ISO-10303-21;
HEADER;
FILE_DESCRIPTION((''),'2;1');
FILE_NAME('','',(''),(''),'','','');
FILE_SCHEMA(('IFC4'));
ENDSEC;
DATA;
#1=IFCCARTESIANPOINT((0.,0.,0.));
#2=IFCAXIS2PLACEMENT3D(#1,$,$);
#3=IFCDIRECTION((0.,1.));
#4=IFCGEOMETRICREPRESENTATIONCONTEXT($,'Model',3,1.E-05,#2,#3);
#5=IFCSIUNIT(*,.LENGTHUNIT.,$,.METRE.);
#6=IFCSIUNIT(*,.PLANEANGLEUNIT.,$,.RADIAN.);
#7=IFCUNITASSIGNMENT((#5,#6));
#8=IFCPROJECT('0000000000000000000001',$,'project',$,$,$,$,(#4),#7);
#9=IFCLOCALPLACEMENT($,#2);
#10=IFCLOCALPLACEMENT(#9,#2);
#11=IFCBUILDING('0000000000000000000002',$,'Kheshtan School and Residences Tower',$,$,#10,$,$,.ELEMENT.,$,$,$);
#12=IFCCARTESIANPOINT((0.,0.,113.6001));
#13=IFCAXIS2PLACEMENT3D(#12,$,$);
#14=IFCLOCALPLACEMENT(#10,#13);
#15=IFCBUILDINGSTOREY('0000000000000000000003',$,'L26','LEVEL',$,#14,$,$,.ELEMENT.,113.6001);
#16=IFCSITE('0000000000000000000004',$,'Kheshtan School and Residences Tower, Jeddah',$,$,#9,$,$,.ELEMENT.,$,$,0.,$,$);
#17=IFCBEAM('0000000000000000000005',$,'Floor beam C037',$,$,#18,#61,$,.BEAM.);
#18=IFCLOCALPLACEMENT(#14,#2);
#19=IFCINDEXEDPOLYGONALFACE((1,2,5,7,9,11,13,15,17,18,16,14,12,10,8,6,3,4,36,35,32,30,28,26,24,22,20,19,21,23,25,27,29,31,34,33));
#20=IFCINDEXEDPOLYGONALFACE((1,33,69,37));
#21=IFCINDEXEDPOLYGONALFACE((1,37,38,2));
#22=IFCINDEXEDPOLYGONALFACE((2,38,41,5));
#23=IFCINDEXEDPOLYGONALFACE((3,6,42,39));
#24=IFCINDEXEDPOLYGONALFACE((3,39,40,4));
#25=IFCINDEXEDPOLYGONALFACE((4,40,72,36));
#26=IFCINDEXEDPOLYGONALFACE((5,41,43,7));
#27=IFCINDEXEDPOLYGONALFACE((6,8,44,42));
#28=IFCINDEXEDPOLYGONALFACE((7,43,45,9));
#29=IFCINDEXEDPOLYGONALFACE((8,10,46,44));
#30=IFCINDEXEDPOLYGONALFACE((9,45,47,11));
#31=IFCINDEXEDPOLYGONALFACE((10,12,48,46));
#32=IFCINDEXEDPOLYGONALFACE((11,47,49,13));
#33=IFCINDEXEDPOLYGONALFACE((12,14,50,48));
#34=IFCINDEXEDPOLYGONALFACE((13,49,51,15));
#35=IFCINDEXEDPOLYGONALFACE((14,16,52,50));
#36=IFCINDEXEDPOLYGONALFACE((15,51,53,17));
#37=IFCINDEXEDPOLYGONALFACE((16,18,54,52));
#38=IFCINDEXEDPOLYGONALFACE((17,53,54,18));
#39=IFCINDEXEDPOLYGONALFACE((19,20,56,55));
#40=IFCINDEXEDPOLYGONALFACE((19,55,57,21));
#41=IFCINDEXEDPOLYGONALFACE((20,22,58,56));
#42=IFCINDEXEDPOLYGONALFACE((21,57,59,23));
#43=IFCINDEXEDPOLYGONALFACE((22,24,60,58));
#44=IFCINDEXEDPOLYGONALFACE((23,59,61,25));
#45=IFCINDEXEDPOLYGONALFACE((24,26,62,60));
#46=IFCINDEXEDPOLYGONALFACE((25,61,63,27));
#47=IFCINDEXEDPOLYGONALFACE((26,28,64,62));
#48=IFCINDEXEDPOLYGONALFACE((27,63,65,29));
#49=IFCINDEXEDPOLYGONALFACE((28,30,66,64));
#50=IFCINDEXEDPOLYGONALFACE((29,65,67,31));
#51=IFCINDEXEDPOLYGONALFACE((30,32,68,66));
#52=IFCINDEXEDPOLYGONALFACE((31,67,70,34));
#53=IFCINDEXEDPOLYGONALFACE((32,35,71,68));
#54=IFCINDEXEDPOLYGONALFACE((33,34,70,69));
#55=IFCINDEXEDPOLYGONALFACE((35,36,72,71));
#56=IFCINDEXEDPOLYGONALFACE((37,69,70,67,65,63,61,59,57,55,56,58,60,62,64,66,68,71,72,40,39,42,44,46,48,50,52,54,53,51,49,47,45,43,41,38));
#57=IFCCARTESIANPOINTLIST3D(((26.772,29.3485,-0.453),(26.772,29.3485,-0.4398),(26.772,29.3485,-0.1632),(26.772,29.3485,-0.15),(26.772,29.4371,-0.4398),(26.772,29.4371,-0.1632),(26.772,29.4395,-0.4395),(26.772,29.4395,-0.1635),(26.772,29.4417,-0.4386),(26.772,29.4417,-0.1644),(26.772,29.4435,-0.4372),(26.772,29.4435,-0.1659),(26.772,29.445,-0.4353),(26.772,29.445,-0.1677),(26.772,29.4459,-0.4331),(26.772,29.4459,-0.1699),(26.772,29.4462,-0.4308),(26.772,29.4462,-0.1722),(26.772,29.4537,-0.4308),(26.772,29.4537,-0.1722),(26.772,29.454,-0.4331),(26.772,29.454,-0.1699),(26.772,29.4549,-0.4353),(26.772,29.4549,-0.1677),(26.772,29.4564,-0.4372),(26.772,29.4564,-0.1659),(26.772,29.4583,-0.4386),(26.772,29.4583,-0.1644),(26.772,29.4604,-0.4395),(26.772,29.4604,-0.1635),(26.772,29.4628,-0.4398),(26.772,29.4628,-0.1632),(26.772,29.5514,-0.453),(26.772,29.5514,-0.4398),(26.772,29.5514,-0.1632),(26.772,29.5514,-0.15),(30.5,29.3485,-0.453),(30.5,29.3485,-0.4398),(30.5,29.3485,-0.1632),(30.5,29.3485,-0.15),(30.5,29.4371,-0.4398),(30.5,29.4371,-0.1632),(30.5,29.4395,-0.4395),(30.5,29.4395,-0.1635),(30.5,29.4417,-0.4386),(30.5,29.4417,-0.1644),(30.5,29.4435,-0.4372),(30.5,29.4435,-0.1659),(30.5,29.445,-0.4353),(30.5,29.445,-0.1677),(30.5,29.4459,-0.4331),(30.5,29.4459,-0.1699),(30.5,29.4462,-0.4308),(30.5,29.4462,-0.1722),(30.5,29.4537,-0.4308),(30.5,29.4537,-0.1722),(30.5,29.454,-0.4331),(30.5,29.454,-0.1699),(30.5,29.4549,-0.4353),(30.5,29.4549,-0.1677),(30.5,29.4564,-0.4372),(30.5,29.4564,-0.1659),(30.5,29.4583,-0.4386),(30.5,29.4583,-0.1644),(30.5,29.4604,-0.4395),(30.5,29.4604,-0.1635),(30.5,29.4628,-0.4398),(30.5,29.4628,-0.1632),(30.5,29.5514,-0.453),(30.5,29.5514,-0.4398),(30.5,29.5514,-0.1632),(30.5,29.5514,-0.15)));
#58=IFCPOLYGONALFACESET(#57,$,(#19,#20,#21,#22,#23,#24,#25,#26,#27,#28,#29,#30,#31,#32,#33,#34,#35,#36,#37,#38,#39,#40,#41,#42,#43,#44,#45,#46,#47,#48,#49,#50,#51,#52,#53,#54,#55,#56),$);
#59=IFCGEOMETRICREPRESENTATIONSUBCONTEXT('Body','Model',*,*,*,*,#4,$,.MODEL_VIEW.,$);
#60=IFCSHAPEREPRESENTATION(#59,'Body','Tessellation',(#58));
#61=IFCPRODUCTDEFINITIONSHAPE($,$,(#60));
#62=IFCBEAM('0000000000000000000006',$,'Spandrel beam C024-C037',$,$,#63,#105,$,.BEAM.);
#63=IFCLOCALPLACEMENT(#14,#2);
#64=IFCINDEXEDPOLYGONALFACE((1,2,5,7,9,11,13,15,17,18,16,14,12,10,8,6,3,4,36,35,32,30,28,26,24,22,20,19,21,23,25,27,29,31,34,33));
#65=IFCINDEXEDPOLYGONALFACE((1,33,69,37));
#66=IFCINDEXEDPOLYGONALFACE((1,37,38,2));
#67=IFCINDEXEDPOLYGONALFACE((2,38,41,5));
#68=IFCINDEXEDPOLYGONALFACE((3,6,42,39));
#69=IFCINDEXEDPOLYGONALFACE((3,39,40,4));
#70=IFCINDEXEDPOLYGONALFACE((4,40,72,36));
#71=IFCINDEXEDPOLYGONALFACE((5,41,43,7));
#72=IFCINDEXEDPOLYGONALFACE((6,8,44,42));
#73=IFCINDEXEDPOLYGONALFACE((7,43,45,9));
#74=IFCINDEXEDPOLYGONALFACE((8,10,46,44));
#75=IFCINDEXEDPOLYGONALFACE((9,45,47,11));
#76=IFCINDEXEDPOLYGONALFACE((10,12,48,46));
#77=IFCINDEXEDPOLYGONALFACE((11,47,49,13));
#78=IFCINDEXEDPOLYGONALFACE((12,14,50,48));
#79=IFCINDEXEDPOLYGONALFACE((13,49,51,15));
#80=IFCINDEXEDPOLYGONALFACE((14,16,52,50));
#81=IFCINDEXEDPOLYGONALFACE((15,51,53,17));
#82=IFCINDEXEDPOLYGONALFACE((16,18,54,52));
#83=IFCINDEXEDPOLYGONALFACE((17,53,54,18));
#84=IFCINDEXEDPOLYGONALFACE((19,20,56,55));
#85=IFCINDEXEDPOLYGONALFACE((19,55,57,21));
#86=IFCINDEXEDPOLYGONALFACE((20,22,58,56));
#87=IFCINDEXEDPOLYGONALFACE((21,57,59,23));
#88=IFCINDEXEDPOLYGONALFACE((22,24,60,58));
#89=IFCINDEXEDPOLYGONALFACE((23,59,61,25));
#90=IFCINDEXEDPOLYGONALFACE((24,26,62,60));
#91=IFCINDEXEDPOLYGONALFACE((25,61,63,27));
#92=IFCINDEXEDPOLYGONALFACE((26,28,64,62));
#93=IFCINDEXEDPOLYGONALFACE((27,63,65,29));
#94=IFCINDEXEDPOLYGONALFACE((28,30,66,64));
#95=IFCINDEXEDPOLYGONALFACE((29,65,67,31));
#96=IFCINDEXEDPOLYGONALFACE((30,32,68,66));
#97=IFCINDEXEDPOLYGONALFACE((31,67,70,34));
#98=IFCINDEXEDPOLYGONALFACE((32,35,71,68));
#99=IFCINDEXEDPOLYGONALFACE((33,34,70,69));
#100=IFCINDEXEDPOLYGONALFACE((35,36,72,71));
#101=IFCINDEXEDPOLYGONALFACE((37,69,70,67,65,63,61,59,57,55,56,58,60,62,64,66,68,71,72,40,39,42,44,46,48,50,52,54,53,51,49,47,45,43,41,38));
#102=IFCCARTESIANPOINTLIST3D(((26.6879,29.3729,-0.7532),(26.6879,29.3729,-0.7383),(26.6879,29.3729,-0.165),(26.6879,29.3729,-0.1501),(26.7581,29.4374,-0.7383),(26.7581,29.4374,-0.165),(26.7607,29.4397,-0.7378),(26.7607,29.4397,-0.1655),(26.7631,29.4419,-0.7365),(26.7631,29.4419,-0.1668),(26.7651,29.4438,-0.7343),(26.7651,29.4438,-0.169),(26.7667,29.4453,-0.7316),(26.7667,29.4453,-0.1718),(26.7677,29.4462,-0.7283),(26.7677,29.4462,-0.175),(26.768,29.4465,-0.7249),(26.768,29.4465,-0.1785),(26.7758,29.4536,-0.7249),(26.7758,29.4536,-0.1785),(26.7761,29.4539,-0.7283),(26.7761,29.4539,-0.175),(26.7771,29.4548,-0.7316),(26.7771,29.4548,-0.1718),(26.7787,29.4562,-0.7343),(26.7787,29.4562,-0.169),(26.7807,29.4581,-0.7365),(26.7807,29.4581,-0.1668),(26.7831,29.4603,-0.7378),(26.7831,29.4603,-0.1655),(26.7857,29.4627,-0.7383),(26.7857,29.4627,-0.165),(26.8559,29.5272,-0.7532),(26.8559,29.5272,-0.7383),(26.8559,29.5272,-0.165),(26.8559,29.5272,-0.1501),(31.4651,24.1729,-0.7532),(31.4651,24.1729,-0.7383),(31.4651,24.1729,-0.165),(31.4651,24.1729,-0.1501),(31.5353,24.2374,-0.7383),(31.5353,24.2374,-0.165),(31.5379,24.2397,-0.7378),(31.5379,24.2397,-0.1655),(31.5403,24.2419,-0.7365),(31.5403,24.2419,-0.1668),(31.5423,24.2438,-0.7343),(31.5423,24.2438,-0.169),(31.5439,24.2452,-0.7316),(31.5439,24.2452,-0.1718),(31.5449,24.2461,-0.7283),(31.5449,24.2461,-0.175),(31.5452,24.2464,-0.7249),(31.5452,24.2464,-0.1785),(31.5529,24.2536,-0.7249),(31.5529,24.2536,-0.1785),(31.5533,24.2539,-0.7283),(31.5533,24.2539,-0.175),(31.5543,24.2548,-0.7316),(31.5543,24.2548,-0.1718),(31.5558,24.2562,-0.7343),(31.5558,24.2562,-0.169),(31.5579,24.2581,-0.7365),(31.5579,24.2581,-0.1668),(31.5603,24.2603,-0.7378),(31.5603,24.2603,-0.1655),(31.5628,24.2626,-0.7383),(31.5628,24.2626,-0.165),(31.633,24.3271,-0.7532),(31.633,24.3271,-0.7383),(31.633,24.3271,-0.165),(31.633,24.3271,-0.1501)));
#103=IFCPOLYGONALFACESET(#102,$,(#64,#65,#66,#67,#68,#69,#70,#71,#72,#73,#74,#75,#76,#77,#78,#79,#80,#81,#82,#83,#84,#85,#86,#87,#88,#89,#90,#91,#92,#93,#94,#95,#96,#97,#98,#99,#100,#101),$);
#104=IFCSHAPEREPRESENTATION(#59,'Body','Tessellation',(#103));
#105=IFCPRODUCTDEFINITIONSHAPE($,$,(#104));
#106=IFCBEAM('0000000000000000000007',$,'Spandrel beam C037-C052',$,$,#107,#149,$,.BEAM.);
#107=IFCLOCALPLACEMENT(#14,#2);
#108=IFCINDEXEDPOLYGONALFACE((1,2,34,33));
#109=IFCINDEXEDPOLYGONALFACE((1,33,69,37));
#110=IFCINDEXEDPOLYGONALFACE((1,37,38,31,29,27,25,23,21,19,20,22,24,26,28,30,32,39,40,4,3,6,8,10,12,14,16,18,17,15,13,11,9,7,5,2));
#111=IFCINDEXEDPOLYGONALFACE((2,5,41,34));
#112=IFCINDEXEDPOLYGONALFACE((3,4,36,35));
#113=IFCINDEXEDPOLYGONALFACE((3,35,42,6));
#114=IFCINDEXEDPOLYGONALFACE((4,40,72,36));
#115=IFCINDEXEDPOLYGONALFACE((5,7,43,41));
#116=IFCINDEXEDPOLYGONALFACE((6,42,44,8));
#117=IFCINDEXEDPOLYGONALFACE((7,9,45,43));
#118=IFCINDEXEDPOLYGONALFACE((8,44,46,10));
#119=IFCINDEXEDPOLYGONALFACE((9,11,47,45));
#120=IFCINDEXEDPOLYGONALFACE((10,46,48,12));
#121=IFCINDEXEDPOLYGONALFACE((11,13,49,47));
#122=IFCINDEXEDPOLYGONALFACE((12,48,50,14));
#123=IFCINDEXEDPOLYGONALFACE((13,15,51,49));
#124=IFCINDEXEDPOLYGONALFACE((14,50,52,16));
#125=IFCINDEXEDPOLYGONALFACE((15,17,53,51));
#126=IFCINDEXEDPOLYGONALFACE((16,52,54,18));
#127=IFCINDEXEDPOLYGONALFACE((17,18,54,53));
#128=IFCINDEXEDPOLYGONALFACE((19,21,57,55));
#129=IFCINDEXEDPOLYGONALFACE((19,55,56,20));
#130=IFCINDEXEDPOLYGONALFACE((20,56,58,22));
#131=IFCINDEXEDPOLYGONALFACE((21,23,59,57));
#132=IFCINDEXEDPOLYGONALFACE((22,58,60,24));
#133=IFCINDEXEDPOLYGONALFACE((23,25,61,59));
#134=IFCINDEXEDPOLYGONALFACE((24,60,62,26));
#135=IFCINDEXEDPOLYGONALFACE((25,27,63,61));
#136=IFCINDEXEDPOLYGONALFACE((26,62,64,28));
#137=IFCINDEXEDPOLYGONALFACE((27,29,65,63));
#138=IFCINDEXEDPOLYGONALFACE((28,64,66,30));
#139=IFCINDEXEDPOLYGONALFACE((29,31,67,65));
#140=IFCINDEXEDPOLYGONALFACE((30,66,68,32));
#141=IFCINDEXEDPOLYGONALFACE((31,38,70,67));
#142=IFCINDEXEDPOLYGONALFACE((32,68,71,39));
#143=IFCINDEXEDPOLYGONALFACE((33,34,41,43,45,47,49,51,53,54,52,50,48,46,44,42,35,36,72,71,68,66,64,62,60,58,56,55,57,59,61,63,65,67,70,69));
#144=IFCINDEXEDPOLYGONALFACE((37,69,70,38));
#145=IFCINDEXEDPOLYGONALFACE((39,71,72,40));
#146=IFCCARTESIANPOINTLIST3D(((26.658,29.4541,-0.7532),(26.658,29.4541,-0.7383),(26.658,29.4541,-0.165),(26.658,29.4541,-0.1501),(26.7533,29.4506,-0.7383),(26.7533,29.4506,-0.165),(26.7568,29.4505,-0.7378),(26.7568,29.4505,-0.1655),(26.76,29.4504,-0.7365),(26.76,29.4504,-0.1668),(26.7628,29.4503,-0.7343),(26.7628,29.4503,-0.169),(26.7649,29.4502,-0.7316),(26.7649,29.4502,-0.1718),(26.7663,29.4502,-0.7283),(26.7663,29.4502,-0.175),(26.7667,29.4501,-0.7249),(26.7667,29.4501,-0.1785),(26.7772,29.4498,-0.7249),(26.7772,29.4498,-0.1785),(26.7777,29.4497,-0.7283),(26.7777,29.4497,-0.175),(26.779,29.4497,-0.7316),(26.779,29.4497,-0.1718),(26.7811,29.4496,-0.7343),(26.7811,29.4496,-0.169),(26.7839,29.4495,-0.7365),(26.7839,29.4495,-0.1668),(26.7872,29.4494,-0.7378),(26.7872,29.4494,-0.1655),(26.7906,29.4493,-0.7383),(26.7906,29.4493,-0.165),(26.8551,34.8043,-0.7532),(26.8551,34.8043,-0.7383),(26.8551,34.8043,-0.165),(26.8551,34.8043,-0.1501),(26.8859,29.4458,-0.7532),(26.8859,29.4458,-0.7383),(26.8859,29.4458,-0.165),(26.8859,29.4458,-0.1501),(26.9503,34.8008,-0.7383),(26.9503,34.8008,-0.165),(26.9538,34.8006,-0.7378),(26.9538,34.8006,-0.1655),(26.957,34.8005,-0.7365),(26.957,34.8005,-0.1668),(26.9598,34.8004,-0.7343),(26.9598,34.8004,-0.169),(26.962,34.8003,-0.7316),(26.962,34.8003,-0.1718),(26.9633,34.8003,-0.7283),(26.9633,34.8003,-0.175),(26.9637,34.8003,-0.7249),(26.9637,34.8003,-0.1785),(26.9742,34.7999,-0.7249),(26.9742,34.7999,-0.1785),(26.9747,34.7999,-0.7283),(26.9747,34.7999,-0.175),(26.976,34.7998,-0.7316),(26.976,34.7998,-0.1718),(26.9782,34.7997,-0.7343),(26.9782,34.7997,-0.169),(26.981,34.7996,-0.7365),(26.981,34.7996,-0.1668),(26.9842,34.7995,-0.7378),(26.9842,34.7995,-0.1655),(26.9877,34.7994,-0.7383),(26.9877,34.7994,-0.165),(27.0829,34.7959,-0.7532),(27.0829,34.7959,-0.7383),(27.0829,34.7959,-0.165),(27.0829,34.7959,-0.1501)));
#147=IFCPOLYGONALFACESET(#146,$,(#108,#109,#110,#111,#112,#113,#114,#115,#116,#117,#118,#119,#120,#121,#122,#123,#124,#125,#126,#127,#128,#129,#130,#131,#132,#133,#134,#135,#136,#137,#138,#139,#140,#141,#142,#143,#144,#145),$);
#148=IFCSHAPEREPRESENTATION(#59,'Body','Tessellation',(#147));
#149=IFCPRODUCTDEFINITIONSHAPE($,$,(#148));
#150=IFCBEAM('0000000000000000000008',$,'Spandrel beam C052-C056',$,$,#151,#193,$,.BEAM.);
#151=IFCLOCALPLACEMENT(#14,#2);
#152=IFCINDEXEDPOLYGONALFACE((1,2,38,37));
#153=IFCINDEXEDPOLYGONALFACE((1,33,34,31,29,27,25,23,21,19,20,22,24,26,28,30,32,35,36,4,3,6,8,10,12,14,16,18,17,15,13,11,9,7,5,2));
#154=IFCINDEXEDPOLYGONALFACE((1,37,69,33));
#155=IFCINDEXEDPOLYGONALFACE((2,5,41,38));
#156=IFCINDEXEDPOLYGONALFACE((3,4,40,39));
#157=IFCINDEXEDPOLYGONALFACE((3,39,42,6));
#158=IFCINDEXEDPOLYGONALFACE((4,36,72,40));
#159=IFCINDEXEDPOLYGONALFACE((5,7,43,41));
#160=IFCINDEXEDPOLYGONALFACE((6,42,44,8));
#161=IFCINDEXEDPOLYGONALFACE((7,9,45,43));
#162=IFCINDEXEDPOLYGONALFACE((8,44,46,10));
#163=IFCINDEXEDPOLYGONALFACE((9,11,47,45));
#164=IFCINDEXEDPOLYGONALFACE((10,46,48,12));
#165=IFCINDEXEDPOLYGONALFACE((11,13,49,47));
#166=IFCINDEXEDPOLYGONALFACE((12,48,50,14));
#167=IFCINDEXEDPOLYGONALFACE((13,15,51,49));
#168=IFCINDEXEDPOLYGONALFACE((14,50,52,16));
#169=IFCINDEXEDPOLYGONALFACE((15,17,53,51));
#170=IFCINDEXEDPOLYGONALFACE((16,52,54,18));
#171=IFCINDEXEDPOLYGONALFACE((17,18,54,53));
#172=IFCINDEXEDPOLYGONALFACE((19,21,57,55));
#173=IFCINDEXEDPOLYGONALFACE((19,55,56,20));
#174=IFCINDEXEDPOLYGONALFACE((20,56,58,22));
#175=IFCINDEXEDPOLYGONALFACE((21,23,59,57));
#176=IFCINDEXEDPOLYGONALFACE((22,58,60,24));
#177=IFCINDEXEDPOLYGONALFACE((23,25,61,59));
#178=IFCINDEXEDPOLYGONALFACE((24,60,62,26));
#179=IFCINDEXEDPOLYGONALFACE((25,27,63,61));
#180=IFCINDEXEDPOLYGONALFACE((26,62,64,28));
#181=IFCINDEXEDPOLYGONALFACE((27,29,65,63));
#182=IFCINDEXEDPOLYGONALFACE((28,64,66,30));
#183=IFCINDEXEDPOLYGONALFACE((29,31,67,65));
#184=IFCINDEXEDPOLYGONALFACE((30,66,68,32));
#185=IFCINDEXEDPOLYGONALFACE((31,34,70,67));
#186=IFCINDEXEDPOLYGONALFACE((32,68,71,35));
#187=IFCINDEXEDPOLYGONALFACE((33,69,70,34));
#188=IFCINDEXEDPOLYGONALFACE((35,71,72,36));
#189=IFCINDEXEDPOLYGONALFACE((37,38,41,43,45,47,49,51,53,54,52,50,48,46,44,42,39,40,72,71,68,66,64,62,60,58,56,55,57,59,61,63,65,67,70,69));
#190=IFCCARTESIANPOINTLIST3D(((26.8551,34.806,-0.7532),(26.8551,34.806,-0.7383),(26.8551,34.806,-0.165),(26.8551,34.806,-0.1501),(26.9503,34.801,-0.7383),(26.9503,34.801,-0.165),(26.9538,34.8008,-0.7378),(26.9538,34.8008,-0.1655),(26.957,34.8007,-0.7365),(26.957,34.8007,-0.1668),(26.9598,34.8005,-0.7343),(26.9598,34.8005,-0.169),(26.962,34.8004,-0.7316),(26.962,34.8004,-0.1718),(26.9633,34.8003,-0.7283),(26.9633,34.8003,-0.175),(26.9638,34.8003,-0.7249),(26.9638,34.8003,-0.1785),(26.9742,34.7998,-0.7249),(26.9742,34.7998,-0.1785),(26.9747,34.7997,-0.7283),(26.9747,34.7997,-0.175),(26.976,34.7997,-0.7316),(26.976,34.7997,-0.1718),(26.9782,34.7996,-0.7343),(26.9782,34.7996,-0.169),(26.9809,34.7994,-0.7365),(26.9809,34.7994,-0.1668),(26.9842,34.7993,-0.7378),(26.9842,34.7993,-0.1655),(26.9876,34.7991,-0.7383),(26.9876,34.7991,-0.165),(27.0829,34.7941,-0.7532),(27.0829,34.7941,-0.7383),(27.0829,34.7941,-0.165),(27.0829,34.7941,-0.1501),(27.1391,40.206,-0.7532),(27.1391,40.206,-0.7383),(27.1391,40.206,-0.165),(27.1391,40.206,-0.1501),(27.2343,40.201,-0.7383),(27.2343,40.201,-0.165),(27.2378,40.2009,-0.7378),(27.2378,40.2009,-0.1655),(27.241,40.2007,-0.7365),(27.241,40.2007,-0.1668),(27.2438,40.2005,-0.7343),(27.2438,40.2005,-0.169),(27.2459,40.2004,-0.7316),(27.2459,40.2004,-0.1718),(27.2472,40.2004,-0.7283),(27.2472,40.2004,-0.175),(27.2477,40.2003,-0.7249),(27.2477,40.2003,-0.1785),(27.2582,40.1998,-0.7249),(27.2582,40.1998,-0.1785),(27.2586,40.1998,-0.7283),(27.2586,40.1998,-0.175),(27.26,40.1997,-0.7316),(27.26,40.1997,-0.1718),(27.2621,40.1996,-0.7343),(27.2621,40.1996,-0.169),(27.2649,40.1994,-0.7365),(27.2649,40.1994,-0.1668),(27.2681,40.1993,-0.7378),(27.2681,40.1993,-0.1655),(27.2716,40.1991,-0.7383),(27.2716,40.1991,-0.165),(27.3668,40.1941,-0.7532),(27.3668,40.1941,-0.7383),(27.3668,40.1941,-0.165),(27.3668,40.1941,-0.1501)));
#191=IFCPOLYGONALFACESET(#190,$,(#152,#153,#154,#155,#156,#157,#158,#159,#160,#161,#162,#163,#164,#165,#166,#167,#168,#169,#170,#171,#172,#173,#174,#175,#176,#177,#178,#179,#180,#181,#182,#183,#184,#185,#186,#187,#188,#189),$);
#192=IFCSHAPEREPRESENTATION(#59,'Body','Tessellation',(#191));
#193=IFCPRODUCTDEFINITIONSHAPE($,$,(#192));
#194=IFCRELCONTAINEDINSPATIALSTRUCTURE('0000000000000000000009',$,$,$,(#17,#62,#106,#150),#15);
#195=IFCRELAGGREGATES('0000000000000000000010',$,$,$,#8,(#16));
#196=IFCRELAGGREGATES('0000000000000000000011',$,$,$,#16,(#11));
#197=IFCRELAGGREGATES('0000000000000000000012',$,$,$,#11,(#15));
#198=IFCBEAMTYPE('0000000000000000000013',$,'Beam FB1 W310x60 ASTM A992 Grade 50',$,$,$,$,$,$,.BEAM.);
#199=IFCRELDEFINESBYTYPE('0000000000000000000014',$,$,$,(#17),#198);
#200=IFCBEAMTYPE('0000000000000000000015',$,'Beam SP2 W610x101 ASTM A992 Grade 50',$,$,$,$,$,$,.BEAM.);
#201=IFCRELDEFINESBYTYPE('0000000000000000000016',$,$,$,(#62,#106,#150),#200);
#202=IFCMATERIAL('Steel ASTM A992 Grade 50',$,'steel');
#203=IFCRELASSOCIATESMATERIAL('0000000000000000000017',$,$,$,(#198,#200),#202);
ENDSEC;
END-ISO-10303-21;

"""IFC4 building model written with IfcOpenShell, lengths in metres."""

from ifc_helpers import new_model, si_unit, direction, frame, origin, origin_2d, place, context, subcontext, project, spatial, i_section, extrude, material, material_profile, profile_set, type_object, element, save


model = new_model("IFC4")

# Units and contexts
model_context = context("Model", 3, precision=1e-05, world=origin(), true_north=direction((0.0, 1.0)))
body_context = subcontext(model_context, "Body", "Model", "MODEL_VIEW")
ifc_project = project(units=[si_unit("LENGTHUNIT", "METRE"), si_unit("PLANEANGLEUNIT", "RADIAN")], contexts=[model_context])

# Site, building, storey
site_placement = place(None, origin())
site = spatial("IfcSite", under=ifc_project, at=site_placement, Name="Kheshtan School and Residences Tower, Jeddah", CompositionType="ELEMENT", RefElevation=0.0)
building_placement = place(site_placement, origin())
building = spatial("IfcBuilding", under=site, at=building_placement, Name="Kheshtan School and Residences Tower", CompositionType="ELEMENT")
storey_placement = place(building_placement, frame((0.0, 0.0, 113.6001)))
storey = spatial("IfcBuildingStorey", under=building, at=storey_placement, Name="L26", Description="LEVEL", CompositionType="ELEMENT", Elevation=113.6001)

# Shared definitions
ifc_material_1 = material(Name="Steel ASTM A992 Grade 50", Category="steel")

# Beams
ifc_material_profile_1 = material_profile(ifc_material_1, i_section(OverallWidth=0.2029, OverallDepth=0.303, WebThickness=0.0076, FlangeThickness=0.0132, FilletRadius=0.009, at=origin_2d()), Name="W310x60")
ifc_profile_set_1 = profile_set([ifc_material_profile_1], Name="Steel ASTM A992 Grade 50")
beam_type_1 = type_object("IfcBeamType", Name="Beam FB1 W310x60 ASTM A992 Grade 50", PredefinedType="BEAM", material=ifc_profile_set_1)
beam_1_placement = place(storey_placement, frame((26.772, 29.45, -0.3015), z_axis=(1.0, 0.0, 0.0), x_axis=(0.0, 1.0, 0.0)))
element("IfcBeam", 1, at=beam_1_placement, inside=storey, type_object=beam_type_1, Name="Floor beam C037", PredefinedType="BEAM", context=body_context, shape_type="SweptSolid", body=[
    extrude(i_section(OverallWidth=0.2029, OverallDepth=0.303, WebThickness=0.0076, FlangeThickness=0.0132, FilletRadius=0.009, at=origin_2d()), origin(), (0.0, 0.0, 1.0), 3.728),
])
ifc_material_profile_2 = material_profile(ifc_material_1, i_section(OverallWidth=0.228, OverallDepth=0.603, WebThickness=0.0105, FlangeThickness=0.0149, FilletRadius=0.0134, at=origin_2d()), Name="W610x101")
ifc_profile_set_2 = profile_set([ifc_material_profile_2], Name="Steel ASTM A992 Grade 50")
beam_type_2 = type_object("IfcBeamType", Name="Beam SP2 W610x101 ASTM A992 Grade 50", PredefinedType="BEAM", material=ifc_profile_set_2)
beam_2_placement = place(storey_placement, frame((31.5491, 24.25, -0.4517), z_axis=(-0.676531, 0.736415, 0.0), x_axis=(-0.736415, -0.676531, 0.0)))
element("IfcBeam", 2, at=beam_2_placement, inside=storey, type_object=beam_type_2, Name="Spandrel beam C024-C037", PredefinedType="BEAM", context=body_context, shape_type="SweptSolid", body=[
    extrude(i_section(OverallWidth=0.228, OverallDepth=0.603, WebThickness=0.0105, FlangeThickness=0.0149, FilletRadius=0.0134, at=origin_2d()), origin(), (0.0, 0.0, 1.0), 7.0613),
])
beam_3_placement = place(storey_placement, frame((26.772, 29.45, -0.4517), z_axis=(0.036801, 0.999323, 0.0), x_axis=(-0.999323, 0.036801, 0.0)))
element("IfcBeam", 3, at=beam_3_placement, inside=storey, type_object=beam_type_2, Name="Spandrel beam C037-C052", PredefinedType="BEAM", context=body_context, shape_type="SweptSolid", body=[
    extrude(i_section(OverallWidth=0.228, OverallDepth=0.603, WebThickness=0.0105, FlangeThickness=0.0149, FilletRadius=0.0134, at=origin_2d()), origin(), (0.0, 0.0, 1.0), 5.3538),
])
beam_4_placement = place(storey_placement, frame((26.969, 34.8, -0.4517), z_axis=(0.052509, 0.99862, 0.0), x_axis=(-0.99862, 0.052509, 0.0)))
element("IfcBeam", 4, at=beam_4_placement, inside=storey, type_object=beam_type_2, Name="Spandrel beam C052-C056", PredefinedType="BEAM", context=body_context, shape_type="SweptSolid", body=[
    extrude(i_section(OverallWidth=0.228, OverallDepth=0.603, WebThickness=0.0105, FlangeThickness=0.0149, FilletRadius=0.0134, at=origin_2d()), origin(), (0.0, 0.0, 1.0), 5.4075),
])

save(model, "model.ifc")
